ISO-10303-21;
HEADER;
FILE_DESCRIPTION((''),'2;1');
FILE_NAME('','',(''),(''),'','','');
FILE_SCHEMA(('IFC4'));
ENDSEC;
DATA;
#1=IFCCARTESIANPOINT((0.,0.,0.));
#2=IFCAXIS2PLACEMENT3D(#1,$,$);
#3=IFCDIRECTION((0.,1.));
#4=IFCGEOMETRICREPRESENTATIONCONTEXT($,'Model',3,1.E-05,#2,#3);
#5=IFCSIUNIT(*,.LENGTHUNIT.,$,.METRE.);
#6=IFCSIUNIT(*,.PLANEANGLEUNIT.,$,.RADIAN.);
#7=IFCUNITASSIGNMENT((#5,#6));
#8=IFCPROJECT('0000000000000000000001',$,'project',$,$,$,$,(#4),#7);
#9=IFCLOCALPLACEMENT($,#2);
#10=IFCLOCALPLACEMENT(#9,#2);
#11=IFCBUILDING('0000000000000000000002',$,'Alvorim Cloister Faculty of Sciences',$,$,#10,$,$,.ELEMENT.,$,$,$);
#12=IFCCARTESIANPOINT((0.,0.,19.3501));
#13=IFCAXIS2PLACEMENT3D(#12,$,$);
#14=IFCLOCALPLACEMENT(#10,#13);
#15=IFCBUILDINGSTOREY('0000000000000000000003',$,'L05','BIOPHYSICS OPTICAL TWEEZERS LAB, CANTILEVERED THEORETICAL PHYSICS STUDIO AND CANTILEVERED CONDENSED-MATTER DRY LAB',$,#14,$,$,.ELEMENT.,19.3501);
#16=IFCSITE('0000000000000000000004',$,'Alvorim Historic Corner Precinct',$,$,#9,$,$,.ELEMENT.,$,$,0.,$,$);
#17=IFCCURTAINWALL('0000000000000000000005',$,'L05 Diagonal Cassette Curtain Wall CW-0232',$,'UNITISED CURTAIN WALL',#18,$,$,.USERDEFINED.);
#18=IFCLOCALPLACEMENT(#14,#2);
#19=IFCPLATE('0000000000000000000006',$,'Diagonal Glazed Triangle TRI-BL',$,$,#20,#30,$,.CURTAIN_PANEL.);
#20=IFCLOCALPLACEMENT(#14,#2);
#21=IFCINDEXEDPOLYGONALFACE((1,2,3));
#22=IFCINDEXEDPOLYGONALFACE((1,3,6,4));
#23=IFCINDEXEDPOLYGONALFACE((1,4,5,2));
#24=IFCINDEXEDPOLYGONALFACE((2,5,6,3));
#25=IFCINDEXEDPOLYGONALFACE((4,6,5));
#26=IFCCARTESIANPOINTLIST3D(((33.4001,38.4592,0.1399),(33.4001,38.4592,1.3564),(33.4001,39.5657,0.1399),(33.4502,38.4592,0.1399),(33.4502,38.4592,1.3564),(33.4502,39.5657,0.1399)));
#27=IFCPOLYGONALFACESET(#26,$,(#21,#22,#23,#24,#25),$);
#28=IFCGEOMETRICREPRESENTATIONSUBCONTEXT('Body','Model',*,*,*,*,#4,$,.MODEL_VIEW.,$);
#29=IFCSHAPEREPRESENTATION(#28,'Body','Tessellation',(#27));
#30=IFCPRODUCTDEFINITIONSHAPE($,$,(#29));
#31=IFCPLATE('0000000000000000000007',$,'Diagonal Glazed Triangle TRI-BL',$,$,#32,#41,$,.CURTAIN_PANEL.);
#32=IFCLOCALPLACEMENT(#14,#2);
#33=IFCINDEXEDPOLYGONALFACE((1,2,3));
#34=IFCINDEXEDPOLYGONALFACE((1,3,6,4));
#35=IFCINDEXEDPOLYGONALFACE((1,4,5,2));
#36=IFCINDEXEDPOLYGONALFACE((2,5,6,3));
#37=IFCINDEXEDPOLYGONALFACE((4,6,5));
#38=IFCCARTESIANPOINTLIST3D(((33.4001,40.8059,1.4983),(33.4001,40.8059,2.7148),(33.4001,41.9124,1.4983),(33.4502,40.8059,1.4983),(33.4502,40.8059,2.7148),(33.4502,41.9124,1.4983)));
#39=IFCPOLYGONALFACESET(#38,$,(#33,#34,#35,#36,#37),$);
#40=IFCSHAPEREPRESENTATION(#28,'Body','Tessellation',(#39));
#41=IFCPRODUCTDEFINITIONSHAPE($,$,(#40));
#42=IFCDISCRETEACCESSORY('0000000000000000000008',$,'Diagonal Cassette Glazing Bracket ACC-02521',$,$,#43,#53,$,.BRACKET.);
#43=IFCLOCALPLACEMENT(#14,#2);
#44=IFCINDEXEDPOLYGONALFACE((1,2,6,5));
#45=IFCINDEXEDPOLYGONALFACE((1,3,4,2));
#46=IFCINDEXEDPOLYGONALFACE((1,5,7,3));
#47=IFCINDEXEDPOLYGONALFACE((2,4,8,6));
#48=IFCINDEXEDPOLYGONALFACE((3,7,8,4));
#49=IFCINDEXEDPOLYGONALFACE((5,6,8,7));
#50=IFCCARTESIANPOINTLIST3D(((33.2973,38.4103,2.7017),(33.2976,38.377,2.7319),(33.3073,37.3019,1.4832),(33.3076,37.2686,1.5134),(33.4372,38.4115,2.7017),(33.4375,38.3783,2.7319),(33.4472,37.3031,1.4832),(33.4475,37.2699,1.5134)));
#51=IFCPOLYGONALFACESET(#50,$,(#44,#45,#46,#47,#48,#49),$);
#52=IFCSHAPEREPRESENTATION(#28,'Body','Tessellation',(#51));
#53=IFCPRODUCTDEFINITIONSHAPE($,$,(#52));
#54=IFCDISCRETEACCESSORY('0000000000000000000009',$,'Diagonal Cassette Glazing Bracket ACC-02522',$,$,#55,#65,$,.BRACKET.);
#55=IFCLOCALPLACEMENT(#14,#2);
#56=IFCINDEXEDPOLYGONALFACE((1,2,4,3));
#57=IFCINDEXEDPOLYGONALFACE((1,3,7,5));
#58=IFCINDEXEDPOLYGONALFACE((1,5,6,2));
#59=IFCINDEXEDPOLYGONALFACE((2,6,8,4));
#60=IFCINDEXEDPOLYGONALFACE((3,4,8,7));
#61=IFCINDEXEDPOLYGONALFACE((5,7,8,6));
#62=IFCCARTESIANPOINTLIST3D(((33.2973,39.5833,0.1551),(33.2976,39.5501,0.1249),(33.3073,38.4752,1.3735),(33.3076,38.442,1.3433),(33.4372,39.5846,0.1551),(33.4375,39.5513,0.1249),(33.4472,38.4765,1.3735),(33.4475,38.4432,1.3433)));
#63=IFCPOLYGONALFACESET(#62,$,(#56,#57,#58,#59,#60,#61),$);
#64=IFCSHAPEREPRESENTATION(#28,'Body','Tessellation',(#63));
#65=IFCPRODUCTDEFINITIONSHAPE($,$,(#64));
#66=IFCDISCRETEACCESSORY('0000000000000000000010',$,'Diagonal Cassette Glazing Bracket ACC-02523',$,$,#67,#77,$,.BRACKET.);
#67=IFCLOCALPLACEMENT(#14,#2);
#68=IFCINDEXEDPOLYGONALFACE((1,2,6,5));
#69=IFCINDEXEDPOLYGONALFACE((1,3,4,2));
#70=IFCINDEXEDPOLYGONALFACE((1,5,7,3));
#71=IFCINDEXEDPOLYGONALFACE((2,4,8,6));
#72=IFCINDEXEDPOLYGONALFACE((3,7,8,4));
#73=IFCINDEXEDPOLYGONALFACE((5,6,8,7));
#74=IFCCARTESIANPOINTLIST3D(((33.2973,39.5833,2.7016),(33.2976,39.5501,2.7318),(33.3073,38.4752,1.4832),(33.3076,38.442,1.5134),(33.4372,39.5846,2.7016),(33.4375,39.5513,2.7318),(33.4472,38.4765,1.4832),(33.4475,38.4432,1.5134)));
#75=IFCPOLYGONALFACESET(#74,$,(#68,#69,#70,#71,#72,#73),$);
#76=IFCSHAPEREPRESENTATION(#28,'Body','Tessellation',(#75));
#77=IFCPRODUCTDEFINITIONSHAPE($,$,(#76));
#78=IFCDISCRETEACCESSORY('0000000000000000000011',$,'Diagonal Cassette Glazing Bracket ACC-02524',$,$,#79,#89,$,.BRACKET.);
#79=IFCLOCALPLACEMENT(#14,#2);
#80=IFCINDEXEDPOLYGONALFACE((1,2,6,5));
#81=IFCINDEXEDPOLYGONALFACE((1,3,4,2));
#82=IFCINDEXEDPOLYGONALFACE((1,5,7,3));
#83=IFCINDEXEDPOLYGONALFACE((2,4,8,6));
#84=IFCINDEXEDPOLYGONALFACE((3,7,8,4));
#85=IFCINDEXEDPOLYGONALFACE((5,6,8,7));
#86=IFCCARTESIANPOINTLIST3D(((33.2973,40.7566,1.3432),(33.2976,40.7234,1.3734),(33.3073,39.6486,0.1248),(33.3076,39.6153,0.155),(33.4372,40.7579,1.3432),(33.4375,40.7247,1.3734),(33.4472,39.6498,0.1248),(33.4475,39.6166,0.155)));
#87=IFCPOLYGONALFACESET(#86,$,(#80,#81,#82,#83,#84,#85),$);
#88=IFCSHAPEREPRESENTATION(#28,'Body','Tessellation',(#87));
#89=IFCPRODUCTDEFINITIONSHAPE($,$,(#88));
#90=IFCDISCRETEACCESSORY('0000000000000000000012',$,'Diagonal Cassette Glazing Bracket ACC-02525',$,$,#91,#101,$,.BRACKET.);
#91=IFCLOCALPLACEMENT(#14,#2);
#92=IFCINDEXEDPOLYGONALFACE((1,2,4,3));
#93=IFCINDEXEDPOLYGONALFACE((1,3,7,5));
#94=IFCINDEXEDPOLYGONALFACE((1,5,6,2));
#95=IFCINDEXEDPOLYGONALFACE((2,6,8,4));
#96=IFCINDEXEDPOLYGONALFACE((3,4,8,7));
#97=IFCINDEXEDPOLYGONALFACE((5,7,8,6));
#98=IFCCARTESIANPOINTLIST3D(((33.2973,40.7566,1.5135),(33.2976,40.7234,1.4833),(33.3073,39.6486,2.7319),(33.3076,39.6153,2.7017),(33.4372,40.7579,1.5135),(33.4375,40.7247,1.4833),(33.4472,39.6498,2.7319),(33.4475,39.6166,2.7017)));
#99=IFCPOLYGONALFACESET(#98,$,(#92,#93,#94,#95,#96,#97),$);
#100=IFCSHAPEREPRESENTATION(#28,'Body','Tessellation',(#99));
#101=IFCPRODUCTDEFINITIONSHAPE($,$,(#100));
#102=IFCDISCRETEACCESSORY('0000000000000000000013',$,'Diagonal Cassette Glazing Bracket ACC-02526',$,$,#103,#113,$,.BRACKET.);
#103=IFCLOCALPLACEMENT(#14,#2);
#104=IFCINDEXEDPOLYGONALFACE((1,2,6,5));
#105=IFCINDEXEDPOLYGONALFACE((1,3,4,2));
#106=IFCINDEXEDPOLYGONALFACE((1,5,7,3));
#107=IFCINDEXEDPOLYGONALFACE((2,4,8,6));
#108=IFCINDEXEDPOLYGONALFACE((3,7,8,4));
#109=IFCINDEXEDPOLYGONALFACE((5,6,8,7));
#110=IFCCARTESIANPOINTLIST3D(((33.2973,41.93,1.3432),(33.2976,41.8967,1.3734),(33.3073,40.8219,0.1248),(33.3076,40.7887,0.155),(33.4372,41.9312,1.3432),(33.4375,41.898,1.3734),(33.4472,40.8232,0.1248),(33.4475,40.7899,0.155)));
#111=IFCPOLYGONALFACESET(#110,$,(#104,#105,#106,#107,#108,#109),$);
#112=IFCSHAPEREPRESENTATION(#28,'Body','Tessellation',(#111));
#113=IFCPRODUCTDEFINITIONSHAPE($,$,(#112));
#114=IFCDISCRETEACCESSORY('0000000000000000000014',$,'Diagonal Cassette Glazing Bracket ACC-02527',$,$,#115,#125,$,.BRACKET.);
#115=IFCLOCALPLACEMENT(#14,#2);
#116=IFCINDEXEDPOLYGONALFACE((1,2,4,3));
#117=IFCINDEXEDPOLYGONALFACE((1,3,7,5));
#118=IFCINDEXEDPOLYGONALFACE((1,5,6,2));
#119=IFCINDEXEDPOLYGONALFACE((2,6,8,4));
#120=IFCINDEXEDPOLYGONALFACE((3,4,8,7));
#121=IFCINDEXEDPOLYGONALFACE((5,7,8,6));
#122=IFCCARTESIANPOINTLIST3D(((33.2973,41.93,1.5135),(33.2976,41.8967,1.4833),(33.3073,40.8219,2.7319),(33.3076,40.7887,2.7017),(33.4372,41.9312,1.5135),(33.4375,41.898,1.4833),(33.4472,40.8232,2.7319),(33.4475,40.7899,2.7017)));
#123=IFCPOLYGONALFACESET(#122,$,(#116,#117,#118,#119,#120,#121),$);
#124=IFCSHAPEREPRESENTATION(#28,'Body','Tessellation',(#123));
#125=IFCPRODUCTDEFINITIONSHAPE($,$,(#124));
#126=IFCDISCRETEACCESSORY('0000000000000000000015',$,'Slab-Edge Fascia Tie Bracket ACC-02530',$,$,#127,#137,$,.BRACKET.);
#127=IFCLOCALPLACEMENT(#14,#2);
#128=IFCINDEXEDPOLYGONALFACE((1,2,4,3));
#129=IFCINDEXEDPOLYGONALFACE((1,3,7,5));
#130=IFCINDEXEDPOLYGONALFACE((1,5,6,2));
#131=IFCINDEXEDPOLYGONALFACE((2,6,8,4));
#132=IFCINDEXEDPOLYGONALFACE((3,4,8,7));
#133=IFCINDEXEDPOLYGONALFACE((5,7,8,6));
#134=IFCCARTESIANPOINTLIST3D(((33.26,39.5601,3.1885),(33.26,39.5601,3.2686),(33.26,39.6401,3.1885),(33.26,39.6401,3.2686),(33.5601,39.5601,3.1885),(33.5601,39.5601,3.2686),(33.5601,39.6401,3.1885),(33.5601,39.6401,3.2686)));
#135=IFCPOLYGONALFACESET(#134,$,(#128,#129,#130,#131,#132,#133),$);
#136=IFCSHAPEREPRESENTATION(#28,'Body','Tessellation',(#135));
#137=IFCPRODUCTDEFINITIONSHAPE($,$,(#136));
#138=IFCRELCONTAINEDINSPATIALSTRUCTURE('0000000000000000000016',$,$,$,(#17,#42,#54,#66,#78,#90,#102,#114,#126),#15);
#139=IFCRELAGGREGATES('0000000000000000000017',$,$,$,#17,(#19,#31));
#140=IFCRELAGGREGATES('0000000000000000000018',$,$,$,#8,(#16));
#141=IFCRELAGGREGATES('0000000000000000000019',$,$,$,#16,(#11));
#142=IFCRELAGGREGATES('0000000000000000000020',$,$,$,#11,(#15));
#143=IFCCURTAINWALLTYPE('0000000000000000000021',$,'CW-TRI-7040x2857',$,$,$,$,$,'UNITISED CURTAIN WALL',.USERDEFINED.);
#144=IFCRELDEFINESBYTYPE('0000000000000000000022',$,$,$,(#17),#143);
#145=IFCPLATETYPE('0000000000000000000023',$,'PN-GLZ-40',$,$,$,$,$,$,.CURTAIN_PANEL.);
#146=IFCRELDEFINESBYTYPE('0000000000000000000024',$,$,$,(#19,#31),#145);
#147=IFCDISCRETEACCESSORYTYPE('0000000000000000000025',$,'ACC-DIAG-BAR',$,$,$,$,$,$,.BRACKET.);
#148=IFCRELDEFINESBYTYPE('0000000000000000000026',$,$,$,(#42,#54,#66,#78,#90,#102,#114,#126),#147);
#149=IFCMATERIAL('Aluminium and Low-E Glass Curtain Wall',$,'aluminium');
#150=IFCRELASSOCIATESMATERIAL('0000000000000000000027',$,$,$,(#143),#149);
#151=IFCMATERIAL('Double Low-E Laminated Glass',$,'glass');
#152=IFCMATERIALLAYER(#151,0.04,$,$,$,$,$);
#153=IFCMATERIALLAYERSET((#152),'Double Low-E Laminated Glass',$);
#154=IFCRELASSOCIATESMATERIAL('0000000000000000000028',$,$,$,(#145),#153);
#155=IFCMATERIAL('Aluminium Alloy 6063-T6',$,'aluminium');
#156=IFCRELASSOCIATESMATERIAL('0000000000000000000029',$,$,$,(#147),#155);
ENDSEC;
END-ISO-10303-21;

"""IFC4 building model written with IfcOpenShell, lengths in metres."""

from ifc_helpers import new_model, si_unit, direction, frame, origin, origin_2d, place, context, subcontext, project, spatial, polyline, rectangle, outline, extrude, material, layer, layer_set, type_object, element, aggregate, save


model = new_model("IFC4")

# Units and contexts
model_context = context("Model", 3, precision=1e-05, world=origin(), true_north=direction((0.0, 1.0)))
body_context = subcontext(model_context, "Body", "Model", "MODEL_VIEW")
ifc_project = project(units=[si_unit("LENGTHUNIT", "METRE"), si_unit("PLANEANGLEUNIT", "RADIAN")], contexts=[model_context])

# Site, building, storey
site_placement = place(None, origin())
site = spatial("IfcSite", under=ifc_project, at=site_placement, Name="Alvorim Historic Corner Precinct", CompositionType="ELEMENT", RefElevation=0.0)
building_placement = place(site_placement, origin())
building = spatial("IfcBuilding", under=site, at=building_placement, Name="Alvorim Cloister Faculty of Sciences", CompositionType="ELEMENT")
storey_placement = place(building_placement, frame((0.0, 0.0, 19.3501)))
storey = spatial("IfcBuildingStorey", under=building, at=storey_placement, Name="L05", Description="BIOPHYSICS OPTICAL TWEEZERS LAB, CANTILEVERED THEORETICAL PHYSICS STUDIO AND CANTILEVERED CONDENSED-MATTER DRY LAB", CompositionType="ELEMENT", Elevation=19.3501)

# Curtain wall, plates
ifc_material_1 = material(Name="Aluminium and Low-E Glass Curtain Wall", Category="aluminium")
curtain_wall_type = type_object("IfcCurtainWallType", Name="CW-TRI-7040x2857", ElementType="UNITISED CURTAIN WALL", PredefinedType="USERDEFINED", material=ifc_material_1)
curtain_wall_placement = place(storey_placement, origin())
curtain_wall = element("IfcCurtainWall", 1, at=curtain_wall_placement, inside=storey, type_object=curtain_wall_type, Name="L05 Diagonal Cassette Curtain Wall CW-0232", ObjectType="UNITISED CURTAIN WALL", PredefinedType="USERDEFINED")
ifc_material_2 = material(Name="Aluminium Alloy 6063-T6", Category="aluminium")
ifc_material_3 = material(Name="Double Low-E Laminated Glass", Category="glass")
ifc_layer = layer(ifc_material_3, 0.04)
ifc_layer_set = layer_set([ifc_layer], Name="Double Low-E Laminated Glass")
plate_type = type_object("IfcPlateType", Name="PN-GLZ-40", PredefinedType="CURTAIN_PANEL", material=ifc_layer_set)
plate_1_placement = place(storey_placement, frame((33.425, 38.4592, 0.1399), z_axis=(0.0, 0.0, 1.0), x_axis=(0.0, 1.0, 0.0)))
plate_1 = element("IfcPlate", 2, at=plate_1_placement, type_object=plate_type, Name="Diagonal Glazed Triangle TRI-BL", PredefinedType="CURTAIN_PANEL", context=body_context, shape_type="SweptSolid", body=[
    extrude(outline(polyline([(0.0, 0.0), (1.1064, 0.0), (0.0, 1.2166), (0.0, 0.0)])), frame((0.0, 0.0249, 0.0), z_axis=(0.0, -1.0, 0.0), x_axis=(1.0, 0.0, 0.0)), (0.0, 0.0, 1.0), 0.05),
])
plate_2_placement = place(storey_placement, frame((33.425, 40.8059, 1.4983), z_axis=(0.0, 0.0, 1.0), x_axis=(0.0, 1.0, 0.0)))
plate_2 = element("IfcPlate", 3, at=plate_2_placement, type_object=plate_type, Name="Diagonal Glazed Triangle TRI-BL", PredefinedType="CURTAIN_PANEL", context=body_context, shape_type="SweptSolid", body=[
    extrude(outline(polyline([(0.0, 0.0), (1.1064, 0.0), (0.0, 1.2166), (0.0, 0.0)])), frame((0.0, 0.0249, 0.0), z_axis=(0.0, -1.0, 0.0), x_axis=(1.0, 0.0, 0.0)), (0.0, 0.0, 1.0), 0.05),
])
aggregate(curtain_wall, [plate_1, plate_2])

# Discrete accessories
discrete_accessory_type = type_object("IfcDiscreteAccessoryType", Name="ACC-DIAG-BAR", PredefinedType="BRACKET", material=ifc_material_2)
discrete_accessory_1_placement = place(storey_placement, frame((33.3774, 37.2859, 1.4983), z_axis=(-0.006077, 0.672882, 0.739725), x_axis=(-0.999959, -0.00903, 0.0)))
element("IfcDiscreteAccessory", 4, at=discrete_accessory_1_placement, inside=storey, type_object=discrete_accessory_type, Name="Diagonal Cassette Glazing Bracket ACC-02521", PredefinedType="BRACKET", context=body_context, shape_type="SweptSolid", body=[
    extrude(rectangle(XDim=0.1399, YDim=0.0449, at=origin_2d()), origin(), (0.0, 0.0, 1.0), 1.6472),
])
for number, where, z_axis, x_axis, name in (
    (5, (33.3774, 38.4592, 1.3584), (-0.006077, 0.672801, -0.739799), (-0.999959, -0.009032, 0.0), "Diagonal Cassette Glazing Bracket ACC-02522"),
    (6, (33.3774, 38.4592, 1.4983), (-0.006077, 0.672801, 0.739799), (-0.999959, -0.009032, 0.0), "Diagonal Cassette Glazing Bracket ACC-02523"),
    (7, (33.3774, 39.6326, 0.1399), (-0.006077, 0.672801, 0.739799), (-0.999959, -0.009032, 0.0), "Diagonal Cassette Glazing Bracket ACC-02524"),
    (8, (33.3774, 39.6326, 2.7168), (-0.006077, 0.672801, -0.739799), (-0.999959, -0.009032, 0.0), "Diagonal Cassette Glazing Bracket ACC-02525"),
    (9, (33.3774, 40.8059, 0.1399), (-0.006077, 0.672801, 0.739799), (-0.999959, -0.009032, 0.0), "Diagonal Cassette Glazing Bracket ACC-02526"),
    (10, (33.3774, 40.8059, 2.7168), (-0.006077, 0.672801, -0.739799), (-0.999959, -0.009032, 0.0), "Diagonal Cassette Glazing Bracket ACC-02527"),
):
    element("IfcDiscreteAccessory", number, at=place(storey_placement, frame(where, z_axis=z_axis, x_axis=x_axis)), inside=storey, type_object=discrete_accessory_type, Name=name, PredefinedType="BRACKET", context=body_context, shape_type="SweptSolid", body=[
        extrude(rectangle(XDim=0.1399, YDim=0.0449, at=origin_2d()), origin(), (0.0, 0.0, 1.0), 1.647),
    ])
discrete_accessory_2_placement = place(storey_placement, frame((33.26, 39.6001, 3.2285), z_axis=(1.0, 0.0, 0.0), x_axis=(0.0, 1.0, 0.0)))
element("IfcDiscreteAccessory", 11, at=discrete_accessory_2_placement, inside=storey, type_object=discrete_accessory_type, Name="Slab-Edge Fascia Tie Bracket ACC-02530", PredefinedType="BRACKET", context=body_context, shape_type="SweptSolid", body=[
    extrude(rectangle(XDim=0.0801, YDim=0.0801, at=origin_2d()), origin(), (0.0, 0.0, 1.0), 0.3),
])

save(model, "model.ifc")
